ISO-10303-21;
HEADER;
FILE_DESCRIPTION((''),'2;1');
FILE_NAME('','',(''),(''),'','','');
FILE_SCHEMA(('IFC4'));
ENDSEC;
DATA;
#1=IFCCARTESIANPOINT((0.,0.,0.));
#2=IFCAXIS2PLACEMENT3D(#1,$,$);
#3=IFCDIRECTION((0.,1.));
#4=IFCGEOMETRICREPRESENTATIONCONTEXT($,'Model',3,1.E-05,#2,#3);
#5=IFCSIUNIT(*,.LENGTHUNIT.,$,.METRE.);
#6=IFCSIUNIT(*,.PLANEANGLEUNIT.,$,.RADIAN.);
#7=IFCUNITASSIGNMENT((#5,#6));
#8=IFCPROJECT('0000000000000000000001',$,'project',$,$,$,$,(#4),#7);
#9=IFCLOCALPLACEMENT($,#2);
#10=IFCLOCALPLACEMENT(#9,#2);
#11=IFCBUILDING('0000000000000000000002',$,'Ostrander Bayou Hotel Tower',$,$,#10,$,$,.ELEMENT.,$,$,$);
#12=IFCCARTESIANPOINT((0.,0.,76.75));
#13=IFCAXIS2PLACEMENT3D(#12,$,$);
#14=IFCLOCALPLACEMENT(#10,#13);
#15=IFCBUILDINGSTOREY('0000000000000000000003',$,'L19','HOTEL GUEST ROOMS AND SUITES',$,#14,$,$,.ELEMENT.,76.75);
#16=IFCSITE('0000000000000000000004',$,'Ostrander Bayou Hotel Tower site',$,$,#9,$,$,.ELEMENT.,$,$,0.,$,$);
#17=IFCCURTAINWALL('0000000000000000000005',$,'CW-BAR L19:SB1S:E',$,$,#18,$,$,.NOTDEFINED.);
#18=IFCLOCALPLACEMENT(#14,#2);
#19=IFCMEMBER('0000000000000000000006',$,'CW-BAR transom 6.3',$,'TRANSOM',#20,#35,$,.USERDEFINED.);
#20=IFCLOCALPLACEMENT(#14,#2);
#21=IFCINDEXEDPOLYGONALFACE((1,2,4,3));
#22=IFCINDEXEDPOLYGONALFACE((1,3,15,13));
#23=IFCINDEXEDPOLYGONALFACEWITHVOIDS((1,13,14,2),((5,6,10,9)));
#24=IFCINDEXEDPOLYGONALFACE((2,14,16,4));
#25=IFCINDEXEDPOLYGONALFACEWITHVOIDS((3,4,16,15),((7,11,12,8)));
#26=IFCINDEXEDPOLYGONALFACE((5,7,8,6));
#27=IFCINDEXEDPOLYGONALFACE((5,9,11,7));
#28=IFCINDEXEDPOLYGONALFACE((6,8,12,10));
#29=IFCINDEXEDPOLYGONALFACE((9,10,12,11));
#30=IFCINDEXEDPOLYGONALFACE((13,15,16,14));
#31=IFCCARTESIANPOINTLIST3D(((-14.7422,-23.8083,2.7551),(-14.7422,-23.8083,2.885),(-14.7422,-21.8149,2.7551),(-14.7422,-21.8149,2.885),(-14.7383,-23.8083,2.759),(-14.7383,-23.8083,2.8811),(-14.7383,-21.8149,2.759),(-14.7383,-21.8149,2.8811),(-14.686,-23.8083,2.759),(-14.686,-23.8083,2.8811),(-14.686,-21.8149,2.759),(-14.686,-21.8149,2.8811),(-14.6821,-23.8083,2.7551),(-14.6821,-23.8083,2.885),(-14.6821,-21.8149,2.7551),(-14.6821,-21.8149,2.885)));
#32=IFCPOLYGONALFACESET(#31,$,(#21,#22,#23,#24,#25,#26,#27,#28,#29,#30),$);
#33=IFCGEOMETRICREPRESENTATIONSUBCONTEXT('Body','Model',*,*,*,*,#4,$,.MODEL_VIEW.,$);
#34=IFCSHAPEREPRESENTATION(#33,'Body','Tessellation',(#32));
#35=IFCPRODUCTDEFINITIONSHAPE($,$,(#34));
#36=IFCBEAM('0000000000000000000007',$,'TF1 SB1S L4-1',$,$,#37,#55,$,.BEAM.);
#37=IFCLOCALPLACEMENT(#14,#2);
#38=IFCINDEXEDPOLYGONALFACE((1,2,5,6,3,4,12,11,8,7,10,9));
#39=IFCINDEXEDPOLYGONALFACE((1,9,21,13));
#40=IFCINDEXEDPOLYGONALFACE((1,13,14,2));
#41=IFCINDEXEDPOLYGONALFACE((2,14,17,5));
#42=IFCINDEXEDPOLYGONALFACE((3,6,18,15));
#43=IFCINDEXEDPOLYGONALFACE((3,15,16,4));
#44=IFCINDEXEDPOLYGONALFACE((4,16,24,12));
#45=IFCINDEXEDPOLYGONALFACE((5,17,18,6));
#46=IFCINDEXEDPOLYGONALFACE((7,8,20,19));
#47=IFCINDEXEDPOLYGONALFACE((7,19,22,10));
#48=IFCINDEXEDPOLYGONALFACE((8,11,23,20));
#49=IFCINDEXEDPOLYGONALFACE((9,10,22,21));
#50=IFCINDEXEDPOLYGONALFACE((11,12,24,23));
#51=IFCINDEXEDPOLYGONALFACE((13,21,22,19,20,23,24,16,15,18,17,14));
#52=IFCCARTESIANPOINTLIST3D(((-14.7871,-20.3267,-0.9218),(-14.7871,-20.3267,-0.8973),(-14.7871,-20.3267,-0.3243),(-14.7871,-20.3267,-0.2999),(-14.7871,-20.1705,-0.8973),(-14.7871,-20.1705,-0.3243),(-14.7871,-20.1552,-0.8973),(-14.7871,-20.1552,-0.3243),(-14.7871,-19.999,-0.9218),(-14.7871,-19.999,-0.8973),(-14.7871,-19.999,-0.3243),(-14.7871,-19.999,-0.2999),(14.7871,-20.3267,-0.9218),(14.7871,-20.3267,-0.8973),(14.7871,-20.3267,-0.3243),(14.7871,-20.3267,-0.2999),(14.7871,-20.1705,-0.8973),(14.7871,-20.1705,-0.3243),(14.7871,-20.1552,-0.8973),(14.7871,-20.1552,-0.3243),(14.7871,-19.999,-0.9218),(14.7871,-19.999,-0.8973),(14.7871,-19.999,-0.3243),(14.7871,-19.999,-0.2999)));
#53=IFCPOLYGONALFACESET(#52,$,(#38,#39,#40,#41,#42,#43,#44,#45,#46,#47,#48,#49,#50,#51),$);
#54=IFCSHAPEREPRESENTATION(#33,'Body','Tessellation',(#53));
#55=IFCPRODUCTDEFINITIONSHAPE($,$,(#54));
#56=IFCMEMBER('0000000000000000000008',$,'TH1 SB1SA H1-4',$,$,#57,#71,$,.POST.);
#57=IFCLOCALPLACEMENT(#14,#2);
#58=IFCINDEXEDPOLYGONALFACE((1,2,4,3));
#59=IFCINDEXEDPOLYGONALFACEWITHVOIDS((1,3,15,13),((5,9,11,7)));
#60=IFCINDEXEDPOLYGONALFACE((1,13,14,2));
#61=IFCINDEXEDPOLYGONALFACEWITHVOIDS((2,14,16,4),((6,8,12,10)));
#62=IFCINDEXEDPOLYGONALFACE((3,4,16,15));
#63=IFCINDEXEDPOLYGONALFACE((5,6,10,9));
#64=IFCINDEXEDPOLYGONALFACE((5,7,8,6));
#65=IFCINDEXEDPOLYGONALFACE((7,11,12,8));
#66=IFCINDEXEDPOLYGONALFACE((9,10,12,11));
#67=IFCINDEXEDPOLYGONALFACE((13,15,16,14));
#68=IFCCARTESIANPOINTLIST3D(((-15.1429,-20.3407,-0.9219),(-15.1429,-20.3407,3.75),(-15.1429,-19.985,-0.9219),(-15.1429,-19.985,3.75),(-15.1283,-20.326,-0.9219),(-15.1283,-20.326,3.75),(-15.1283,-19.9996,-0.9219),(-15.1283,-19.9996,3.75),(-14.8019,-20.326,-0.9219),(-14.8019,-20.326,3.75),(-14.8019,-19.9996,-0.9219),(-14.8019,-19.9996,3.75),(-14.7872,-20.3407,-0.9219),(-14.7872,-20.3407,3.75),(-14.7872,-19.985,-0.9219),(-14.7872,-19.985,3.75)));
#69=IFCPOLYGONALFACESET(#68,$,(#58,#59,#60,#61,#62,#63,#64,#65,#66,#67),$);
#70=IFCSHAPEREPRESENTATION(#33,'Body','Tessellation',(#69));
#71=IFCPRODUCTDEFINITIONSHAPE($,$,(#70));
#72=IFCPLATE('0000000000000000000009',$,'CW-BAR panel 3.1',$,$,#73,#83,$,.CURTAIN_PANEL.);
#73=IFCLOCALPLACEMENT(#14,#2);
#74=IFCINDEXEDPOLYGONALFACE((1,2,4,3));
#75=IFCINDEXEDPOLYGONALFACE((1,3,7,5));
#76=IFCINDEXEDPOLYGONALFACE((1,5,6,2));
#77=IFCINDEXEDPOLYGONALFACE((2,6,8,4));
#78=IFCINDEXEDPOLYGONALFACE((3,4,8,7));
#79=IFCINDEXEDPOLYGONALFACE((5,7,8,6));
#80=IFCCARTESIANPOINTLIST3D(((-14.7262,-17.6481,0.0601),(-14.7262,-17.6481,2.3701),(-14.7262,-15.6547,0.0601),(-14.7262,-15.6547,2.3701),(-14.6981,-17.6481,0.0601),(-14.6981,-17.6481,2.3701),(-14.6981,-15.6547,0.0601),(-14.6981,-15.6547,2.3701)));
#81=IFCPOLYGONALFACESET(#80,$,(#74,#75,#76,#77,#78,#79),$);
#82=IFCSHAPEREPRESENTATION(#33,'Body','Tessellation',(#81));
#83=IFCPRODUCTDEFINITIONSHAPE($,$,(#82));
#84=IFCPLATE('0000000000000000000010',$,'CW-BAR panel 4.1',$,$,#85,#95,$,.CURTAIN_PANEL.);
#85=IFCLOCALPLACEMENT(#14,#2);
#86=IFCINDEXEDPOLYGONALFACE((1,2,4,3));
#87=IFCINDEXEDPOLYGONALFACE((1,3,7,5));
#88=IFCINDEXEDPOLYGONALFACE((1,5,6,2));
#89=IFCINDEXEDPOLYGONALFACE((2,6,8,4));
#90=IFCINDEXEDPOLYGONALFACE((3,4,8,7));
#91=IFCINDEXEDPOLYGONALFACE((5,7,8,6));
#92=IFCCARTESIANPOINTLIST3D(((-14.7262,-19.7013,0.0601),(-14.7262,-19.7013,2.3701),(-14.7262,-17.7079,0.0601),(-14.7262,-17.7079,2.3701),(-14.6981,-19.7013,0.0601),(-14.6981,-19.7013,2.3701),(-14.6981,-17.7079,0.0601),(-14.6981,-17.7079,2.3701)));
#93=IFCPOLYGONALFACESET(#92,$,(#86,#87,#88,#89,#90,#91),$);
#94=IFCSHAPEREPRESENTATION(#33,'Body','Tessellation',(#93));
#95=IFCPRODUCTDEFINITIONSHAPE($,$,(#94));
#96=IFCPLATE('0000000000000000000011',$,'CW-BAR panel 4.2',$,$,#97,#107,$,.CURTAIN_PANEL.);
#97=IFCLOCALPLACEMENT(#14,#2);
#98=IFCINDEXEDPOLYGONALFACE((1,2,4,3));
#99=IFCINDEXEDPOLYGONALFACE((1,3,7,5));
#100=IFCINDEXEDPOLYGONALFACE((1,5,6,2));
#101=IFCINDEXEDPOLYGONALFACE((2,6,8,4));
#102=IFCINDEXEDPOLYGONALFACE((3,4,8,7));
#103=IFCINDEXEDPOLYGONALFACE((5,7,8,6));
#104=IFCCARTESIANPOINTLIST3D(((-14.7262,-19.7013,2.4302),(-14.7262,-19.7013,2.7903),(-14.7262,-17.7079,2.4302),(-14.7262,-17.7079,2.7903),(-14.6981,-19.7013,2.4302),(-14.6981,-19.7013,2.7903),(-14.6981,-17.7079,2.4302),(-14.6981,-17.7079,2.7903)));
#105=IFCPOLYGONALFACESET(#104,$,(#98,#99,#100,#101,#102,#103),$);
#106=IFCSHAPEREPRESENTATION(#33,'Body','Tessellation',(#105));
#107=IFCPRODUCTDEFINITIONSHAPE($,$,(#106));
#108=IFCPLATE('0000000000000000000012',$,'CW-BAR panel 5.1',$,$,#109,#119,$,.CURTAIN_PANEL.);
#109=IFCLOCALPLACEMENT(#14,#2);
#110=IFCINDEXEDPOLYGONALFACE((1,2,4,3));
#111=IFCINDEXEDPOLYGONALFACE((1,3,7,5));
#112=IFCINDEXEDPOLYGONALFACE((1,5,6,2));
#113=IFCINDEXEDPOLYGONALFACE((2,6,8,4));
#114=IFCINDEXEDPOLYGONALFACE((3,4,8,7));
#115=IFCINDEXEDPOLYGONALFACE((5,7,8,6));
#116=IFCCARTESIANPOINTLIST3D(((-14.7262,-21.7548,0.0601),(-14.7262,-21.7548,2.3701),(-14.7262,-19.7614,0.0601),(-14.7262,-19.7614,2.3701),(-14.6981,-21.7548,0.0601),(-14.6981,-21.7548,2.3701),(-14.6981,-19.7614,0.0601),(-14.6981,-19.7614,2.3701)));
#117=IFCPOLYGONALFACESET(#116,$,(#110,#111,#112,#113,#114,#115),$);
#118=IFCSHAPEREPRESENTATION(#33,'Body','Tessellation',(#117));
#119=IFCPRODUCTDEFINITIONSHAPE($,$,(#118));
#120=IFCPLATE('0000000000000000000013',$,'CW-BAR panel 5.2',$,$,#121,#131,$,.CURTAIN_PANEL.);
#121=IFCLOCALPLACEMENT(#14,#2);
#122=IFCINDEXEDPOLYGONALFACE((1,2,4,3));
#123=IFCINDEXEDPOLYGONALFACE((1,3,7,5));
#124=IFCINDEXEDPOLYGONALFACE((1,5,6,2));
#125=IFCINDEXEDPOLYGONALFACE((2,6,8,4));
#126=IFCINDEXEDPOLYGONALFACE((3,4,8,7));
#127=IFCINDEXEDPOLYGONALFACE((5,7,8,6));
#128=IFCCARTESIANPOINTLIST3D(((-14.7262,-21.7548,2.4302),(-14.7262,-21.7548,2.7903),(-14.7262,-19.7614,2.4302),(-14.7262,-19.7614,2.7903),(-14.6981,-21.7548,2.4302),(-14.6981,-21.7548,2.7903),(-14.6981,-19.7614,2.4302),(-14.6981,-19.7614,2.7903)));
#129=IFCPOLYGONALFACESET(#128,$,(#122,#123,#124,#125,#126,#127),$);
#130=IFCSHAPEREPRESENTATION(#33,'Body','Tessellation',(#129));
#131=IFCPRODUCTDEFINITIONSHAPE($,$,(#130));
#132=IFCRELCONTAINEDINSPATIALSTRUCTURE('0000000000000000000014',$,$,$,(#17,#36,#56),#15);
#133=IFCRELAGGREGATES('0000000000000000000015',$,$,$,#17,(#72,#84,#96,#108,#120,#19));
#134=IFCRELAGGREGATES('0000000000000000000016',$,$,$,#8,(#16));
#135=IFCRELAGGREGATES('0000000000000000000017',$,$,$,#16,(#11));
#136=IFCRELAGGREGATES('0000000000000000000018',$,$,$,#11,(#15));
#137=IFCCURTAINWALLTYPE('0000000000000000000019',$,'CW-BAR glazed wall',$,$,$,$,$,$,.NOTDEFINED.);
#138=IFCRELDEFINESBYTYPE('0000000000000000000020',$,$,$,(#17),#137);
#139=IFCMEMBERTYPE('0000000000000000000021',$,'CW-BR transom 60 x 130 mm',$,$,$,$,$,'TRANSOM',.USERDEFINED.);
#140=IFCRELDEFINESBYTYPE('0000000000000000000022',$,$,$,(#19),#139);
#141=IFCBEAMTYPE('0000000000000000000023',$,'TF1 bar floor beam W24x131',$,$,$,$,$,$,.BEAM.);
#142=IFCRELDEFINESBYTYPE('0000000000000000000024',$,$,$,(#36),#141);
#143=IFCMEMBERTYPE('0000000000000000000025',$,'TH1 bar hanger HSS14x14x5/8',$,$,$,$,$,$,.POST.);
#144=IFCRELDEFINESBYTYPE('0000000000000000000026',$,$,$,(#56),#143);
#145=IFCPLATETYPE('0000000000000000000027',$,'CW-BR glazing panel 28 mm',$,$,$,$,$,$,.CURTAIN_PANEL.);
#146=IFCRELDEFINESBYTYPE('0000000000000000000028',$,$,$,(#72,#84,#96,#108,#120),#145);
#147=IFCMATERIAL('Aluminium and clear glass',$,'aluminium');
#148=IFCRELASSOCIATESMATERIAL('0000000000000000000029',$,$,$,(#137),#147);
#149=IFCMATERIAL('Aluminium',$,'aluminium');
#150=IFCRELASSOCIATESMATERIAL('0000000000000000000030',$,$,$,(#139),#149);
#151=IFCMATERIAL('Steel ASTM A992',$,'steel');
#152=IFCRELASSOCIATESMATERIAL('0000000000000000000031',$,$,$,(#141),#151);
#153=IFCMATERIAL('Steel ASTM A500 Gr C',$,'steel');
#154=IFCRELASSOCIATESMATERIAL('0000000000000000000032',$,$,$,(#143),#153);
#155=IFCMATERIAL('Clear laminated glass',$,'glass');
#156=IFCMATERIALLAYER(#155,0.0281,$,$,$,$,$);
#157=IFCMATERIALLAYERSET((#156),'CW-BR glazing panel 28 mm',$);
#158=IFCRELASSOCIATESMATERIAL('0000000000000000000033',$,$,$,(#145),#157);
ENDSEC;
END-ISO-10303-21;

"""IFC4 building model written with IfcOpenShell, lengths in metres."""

from ifc_helpers import new_model, si_unit, direction, frame, origin, origin_2d, place, context, subcontext, project, spatial, rectangle, hollow_rectangle, i_section, extrude, material, layer, layer_set, material_profile, profile_set, type_object, element, aggregate, save


model = new_model("IFC4")

# Units and contexts
model_context = context("Model", 3, precision=1e-05, world=origin(), true_north=direction((0.0, 1.0)))
body_context = subcontext(model_context, "Body", "Model", "MODEL_VIEW")
ifc_project = project(units=[si_unit("LENGTHUNIT", "METRE"), si_unit("PLANEANGLEUNIT", "RADIAN")], contexts=[model_context])

# Site, building, storey
site_placement = place(None, origin())
site = spatial("IfcSite", under=ifc_project, at=site_placement, Name="Ostrander Bayou Hotel Tower site", CompositionType="ELEMENT", RefElevation=0.0)
building_placement = place(site_placement, origin())
building = spatial("IfcBuilding", under=site, at=building_placement, Name="Ostrander Bayou Hotel Tower", CompositionType="ELEMENT")
storey_placement = place(building_placement, frame((0.0, 0.0, 76.75)))
storey = spatial("IfcBuildingStorey", under=building, at=storey_placement, Name="L19", Description="HOTEL GUEST ROOMS AND SUITES", CompositionType="ELEMENT", Elevation=76.75)

# Curtain wall, member
ifc_material_1 = material(Name="Aluminium and clear glass", Category="aluminium")
curtain_wall_type = type_object("IfcCurtainWallType", Name="CW-BAR glazed wall", PredefinedType="NOTDEFINED", material=ifc_material_1)
curtain_wall_placement = place(storey_placement, origin())
curtain_wall = element("IfcCurtainWall", 1, at=curtain_wall_placement, inside=storey, type_object=curtain_wall_type, Name="CW-BAR L19:SB1S:E", PredefinedType="NOTDEFINED")
ifc_material_2 = material(Name="Aluminium", Category="aluminium")
ifc_material_profile_1 = material_profile(ifc_material_2, hollow_rectangle(XDim=0.0601, YDim=0.1299, WallThickness=0.0039, at=origin_2d()))
ifc_profile_set_1 = profile_set([ifc_material_profile_1], Name="Aluminium")
member_type_1 = type_object("IfcMemberType", Name="CW-BR transom 60 x 130 mm", ElementType="TRANSOM", PredefinedType="USERDEFINED", material=ifc_profile_set_1)
member_1_placement = place(storey_placement, frame((-14.7122, -21.8149, 2.8201), z_axis=(0.0, -1.0, 0.0), x_axis=(1.0, 0.0, 0.0)))
member_1 = element("IfcMember", 2, at=member_1_placement, type_object=member_type_1, Name="CW-BAR transom 6.3", ObjectType="TRANSOM", PredefinedType="USERDEFINED", context=body_context, shape_type="SweptSolid", body=[
    extrude(hollow_rectangle(XDim=0.0601, YDim=0.1299, WallThickness=0.0039, at=origin_2d()), origin(), (0.0, 0.0, 1.0), 1.9934),
])

# Beam
ifc_material_3 = material(Name="Steel ASTM A992", Category="steel")
ifc_material_profile_2 = material_profile(ifc_material_3, i_section(OverallWidth=0.3276, OverallDepth=0.6218, WebThickness=0.0154, FlangeThickness=0.0244, at=origin_2d()))
ifc_profile_set_2 = profile_set([ifc_material_profile_2], Name="Steel ASTM A992")
beam_type = type_object("IfcBeamType", Name="TF1 bar floor beam W24x131", PredefinedType="BEAM", material=ifc_profile_set_2)
beam_placement = place(storey_placement, frame((-14.7871, -20.1628, -0.6108), z_axis=(1.0, 0.0, 0.0), x_axis=(0.0, 1.0, 0.0)))
element("IfcBeam", 3, at=beam_placement, inside=storey, type_object=beam_type, Name="TF1 SB1S L4-1", PredefinedType="BEAM", context=body_context, shape_type="SweptSolid", body=[
    extrude(i_section(OverallWidth=0.3276, OverallDepth=0.6218, WebThickness=0.0154, FlangeThickness=0.0244, at=origin_2d()), origin(), (0.0, 0.0, 1.0), 29.5742),
])

# Member
ifc_material_4 = material(Name="Steel ASTM A500 Gr C", Category="steel")
ifc_material_profile_3 = material_profile(ifc_material_4, hollow_rectangle(XDim=0.3557, YDim=0.3557, WallThickness=0.0146, at=origin_2d()))
ifc_profile_set_3 = profile_set([ifc_material_profile_3], Name="Steel ASTM A500 Gr C")
member_type_2 = type_object("IfcMemberType", Name="TH1 bar hanger HSS14x14x5/8", PredefinedType="POST", material=ifc_profile_set_3)
member_2_placement = place(storey_placement, frame((-14.9651, -20.1628, -0.9219), z_axis=(0.0, 0.0, 1.0), x_axis=(1.0, 0.0, 0.0)))
element("IfcMember", 4, at=member_2_placement, inside=storey, type_object=member_type_2, Name="TH1 SB1SA H1-4", PredefinedType="POST", context=body_context, shape_type="SweptSolid", body=[
    extrude(hollow_rectangle(XDim=0.3557, YDim=0.3557, WallThickness=0.0146, at=origin_2d()), origin(), (0.0, 0.0, 1.0), 4.6719),
])

# Plates
ifc_material_5 = material(Name="Clear laminated glass", Category="glass")
ifc_layer = layer(ifc_material_5, 0.0281)
ifc_layer_set = layer_set([ifc_layer], Name="CW-BR glazing panel 28 mm")
plate_type = type_object("IfcPlateType", Name="CW-BR glazing panel 28 mm", PredefinedType="CURTAIN_PANEL", material=ifc_layer_set)
plate_1_placement = place(storey_placement, frame((-14.7122, -16.6514, 0.0601), z_axis=(0.0, 0.0, 1.0), x_axis=(0.0, -1.0, 0.0)))
plate_1 = element("IfcPlate", 5, at=plate_1_placement, type_object=plate_type, Name="CW-BAR panel 3.1", PredefinedType="CURTAIN_PANEL", context=body_context, shape_type="SweptSolid", body=[
    extrude(rectangle(XDim=1.9934, YDim=0.0281, at=origin_2d()), origin(), (0.0, 0.0, 1.0), 2.3101),
])
plate_2_placement = place(storey_placement, frame((-14.7122, -18.7046, 0.0601), z_axis=(0.0, 0.0, 1.0), x_axis=(0.0, -1.0, 0.0)))
plate_2 = element("IfcPlate", 6, at=plate_2_placement, type_object=plate_type, Name="CW-BAR panel 4.1", PredefinedType="CURTAIN_PANEL", context=body_context, shape_type="SweptSolid", body=[
    extrude(rectangle(XDim=1.9934, YDim=0.0281, at=origin_2d()), origin(), (0.0, 0.0, 1.0), 2.3101),
])
plate_3_placement = place(storey_placement, frame((-14.7122, -18.7046, 2.4302), z_axis=(0.0, 0.0, 1.0), x_axis=(0.0, -1.0, 0.0)))
plate_3 = element("IfcPlate", 7, at=plate_3_placement, type_object=plate_type, Name="CW-BAR panel 4.2", PredefinedType="CURTAIN_PANEL", context=body_context, shape_type="SweptSolid", body=[
    extrude(rectangle(XDim=1.9934, YDim=0.0281, at=origin_2d()), origin(), (0.0, 0.0, 1.0), 0.3601),
])
plate_4_placement = place(storey_placement, frame((-14.7122, -20.7581, 0.0601), z_axis=(0.0, 0.0, 1.0), x_axis=(0.0, -1.0, 0.0)))
plate_4 = element("IfcPlate", 8, at=plate_4_placement, type_object=plate_type, Name="CW-BAR panel 5.1", PredefinedType="CURTAIN_PANEL", context=body_context, shape_type="SweptSolid", body=[
    extrude(rectangle(XDim=1.9934, YDim=0.0281, at=origin_2d()), origin(), (0.0, 0.0, 1.0), 2.3101),
])
plate_5_placement = place(storey_placement, frame((-14.7122, -20.7581, 2.4302), z_axis=(0.0, 0.0, 1.0), x_axis=(0.0, -1.0, 0.0)))
plate_5 = element("IfcPlate", 9, at=plate_5_placement, type_object=plate_type, Name="CW-BAR panel 5.2", PredefinedType="CURTAIN_PANEL", context=body_context, shape_type="SweptSolid", body=[
    extrude(rectangle(XDim=1.9934, YDim=0.0281, at=origin_2d()), origin(), (0.0, 0.0, 1.0), 0.3601),
])
aggregate(curtain_wall, [plate_1, plate_2, plate_3, plate_4, plate_5, member_1])

save(model, "model.ifc")
